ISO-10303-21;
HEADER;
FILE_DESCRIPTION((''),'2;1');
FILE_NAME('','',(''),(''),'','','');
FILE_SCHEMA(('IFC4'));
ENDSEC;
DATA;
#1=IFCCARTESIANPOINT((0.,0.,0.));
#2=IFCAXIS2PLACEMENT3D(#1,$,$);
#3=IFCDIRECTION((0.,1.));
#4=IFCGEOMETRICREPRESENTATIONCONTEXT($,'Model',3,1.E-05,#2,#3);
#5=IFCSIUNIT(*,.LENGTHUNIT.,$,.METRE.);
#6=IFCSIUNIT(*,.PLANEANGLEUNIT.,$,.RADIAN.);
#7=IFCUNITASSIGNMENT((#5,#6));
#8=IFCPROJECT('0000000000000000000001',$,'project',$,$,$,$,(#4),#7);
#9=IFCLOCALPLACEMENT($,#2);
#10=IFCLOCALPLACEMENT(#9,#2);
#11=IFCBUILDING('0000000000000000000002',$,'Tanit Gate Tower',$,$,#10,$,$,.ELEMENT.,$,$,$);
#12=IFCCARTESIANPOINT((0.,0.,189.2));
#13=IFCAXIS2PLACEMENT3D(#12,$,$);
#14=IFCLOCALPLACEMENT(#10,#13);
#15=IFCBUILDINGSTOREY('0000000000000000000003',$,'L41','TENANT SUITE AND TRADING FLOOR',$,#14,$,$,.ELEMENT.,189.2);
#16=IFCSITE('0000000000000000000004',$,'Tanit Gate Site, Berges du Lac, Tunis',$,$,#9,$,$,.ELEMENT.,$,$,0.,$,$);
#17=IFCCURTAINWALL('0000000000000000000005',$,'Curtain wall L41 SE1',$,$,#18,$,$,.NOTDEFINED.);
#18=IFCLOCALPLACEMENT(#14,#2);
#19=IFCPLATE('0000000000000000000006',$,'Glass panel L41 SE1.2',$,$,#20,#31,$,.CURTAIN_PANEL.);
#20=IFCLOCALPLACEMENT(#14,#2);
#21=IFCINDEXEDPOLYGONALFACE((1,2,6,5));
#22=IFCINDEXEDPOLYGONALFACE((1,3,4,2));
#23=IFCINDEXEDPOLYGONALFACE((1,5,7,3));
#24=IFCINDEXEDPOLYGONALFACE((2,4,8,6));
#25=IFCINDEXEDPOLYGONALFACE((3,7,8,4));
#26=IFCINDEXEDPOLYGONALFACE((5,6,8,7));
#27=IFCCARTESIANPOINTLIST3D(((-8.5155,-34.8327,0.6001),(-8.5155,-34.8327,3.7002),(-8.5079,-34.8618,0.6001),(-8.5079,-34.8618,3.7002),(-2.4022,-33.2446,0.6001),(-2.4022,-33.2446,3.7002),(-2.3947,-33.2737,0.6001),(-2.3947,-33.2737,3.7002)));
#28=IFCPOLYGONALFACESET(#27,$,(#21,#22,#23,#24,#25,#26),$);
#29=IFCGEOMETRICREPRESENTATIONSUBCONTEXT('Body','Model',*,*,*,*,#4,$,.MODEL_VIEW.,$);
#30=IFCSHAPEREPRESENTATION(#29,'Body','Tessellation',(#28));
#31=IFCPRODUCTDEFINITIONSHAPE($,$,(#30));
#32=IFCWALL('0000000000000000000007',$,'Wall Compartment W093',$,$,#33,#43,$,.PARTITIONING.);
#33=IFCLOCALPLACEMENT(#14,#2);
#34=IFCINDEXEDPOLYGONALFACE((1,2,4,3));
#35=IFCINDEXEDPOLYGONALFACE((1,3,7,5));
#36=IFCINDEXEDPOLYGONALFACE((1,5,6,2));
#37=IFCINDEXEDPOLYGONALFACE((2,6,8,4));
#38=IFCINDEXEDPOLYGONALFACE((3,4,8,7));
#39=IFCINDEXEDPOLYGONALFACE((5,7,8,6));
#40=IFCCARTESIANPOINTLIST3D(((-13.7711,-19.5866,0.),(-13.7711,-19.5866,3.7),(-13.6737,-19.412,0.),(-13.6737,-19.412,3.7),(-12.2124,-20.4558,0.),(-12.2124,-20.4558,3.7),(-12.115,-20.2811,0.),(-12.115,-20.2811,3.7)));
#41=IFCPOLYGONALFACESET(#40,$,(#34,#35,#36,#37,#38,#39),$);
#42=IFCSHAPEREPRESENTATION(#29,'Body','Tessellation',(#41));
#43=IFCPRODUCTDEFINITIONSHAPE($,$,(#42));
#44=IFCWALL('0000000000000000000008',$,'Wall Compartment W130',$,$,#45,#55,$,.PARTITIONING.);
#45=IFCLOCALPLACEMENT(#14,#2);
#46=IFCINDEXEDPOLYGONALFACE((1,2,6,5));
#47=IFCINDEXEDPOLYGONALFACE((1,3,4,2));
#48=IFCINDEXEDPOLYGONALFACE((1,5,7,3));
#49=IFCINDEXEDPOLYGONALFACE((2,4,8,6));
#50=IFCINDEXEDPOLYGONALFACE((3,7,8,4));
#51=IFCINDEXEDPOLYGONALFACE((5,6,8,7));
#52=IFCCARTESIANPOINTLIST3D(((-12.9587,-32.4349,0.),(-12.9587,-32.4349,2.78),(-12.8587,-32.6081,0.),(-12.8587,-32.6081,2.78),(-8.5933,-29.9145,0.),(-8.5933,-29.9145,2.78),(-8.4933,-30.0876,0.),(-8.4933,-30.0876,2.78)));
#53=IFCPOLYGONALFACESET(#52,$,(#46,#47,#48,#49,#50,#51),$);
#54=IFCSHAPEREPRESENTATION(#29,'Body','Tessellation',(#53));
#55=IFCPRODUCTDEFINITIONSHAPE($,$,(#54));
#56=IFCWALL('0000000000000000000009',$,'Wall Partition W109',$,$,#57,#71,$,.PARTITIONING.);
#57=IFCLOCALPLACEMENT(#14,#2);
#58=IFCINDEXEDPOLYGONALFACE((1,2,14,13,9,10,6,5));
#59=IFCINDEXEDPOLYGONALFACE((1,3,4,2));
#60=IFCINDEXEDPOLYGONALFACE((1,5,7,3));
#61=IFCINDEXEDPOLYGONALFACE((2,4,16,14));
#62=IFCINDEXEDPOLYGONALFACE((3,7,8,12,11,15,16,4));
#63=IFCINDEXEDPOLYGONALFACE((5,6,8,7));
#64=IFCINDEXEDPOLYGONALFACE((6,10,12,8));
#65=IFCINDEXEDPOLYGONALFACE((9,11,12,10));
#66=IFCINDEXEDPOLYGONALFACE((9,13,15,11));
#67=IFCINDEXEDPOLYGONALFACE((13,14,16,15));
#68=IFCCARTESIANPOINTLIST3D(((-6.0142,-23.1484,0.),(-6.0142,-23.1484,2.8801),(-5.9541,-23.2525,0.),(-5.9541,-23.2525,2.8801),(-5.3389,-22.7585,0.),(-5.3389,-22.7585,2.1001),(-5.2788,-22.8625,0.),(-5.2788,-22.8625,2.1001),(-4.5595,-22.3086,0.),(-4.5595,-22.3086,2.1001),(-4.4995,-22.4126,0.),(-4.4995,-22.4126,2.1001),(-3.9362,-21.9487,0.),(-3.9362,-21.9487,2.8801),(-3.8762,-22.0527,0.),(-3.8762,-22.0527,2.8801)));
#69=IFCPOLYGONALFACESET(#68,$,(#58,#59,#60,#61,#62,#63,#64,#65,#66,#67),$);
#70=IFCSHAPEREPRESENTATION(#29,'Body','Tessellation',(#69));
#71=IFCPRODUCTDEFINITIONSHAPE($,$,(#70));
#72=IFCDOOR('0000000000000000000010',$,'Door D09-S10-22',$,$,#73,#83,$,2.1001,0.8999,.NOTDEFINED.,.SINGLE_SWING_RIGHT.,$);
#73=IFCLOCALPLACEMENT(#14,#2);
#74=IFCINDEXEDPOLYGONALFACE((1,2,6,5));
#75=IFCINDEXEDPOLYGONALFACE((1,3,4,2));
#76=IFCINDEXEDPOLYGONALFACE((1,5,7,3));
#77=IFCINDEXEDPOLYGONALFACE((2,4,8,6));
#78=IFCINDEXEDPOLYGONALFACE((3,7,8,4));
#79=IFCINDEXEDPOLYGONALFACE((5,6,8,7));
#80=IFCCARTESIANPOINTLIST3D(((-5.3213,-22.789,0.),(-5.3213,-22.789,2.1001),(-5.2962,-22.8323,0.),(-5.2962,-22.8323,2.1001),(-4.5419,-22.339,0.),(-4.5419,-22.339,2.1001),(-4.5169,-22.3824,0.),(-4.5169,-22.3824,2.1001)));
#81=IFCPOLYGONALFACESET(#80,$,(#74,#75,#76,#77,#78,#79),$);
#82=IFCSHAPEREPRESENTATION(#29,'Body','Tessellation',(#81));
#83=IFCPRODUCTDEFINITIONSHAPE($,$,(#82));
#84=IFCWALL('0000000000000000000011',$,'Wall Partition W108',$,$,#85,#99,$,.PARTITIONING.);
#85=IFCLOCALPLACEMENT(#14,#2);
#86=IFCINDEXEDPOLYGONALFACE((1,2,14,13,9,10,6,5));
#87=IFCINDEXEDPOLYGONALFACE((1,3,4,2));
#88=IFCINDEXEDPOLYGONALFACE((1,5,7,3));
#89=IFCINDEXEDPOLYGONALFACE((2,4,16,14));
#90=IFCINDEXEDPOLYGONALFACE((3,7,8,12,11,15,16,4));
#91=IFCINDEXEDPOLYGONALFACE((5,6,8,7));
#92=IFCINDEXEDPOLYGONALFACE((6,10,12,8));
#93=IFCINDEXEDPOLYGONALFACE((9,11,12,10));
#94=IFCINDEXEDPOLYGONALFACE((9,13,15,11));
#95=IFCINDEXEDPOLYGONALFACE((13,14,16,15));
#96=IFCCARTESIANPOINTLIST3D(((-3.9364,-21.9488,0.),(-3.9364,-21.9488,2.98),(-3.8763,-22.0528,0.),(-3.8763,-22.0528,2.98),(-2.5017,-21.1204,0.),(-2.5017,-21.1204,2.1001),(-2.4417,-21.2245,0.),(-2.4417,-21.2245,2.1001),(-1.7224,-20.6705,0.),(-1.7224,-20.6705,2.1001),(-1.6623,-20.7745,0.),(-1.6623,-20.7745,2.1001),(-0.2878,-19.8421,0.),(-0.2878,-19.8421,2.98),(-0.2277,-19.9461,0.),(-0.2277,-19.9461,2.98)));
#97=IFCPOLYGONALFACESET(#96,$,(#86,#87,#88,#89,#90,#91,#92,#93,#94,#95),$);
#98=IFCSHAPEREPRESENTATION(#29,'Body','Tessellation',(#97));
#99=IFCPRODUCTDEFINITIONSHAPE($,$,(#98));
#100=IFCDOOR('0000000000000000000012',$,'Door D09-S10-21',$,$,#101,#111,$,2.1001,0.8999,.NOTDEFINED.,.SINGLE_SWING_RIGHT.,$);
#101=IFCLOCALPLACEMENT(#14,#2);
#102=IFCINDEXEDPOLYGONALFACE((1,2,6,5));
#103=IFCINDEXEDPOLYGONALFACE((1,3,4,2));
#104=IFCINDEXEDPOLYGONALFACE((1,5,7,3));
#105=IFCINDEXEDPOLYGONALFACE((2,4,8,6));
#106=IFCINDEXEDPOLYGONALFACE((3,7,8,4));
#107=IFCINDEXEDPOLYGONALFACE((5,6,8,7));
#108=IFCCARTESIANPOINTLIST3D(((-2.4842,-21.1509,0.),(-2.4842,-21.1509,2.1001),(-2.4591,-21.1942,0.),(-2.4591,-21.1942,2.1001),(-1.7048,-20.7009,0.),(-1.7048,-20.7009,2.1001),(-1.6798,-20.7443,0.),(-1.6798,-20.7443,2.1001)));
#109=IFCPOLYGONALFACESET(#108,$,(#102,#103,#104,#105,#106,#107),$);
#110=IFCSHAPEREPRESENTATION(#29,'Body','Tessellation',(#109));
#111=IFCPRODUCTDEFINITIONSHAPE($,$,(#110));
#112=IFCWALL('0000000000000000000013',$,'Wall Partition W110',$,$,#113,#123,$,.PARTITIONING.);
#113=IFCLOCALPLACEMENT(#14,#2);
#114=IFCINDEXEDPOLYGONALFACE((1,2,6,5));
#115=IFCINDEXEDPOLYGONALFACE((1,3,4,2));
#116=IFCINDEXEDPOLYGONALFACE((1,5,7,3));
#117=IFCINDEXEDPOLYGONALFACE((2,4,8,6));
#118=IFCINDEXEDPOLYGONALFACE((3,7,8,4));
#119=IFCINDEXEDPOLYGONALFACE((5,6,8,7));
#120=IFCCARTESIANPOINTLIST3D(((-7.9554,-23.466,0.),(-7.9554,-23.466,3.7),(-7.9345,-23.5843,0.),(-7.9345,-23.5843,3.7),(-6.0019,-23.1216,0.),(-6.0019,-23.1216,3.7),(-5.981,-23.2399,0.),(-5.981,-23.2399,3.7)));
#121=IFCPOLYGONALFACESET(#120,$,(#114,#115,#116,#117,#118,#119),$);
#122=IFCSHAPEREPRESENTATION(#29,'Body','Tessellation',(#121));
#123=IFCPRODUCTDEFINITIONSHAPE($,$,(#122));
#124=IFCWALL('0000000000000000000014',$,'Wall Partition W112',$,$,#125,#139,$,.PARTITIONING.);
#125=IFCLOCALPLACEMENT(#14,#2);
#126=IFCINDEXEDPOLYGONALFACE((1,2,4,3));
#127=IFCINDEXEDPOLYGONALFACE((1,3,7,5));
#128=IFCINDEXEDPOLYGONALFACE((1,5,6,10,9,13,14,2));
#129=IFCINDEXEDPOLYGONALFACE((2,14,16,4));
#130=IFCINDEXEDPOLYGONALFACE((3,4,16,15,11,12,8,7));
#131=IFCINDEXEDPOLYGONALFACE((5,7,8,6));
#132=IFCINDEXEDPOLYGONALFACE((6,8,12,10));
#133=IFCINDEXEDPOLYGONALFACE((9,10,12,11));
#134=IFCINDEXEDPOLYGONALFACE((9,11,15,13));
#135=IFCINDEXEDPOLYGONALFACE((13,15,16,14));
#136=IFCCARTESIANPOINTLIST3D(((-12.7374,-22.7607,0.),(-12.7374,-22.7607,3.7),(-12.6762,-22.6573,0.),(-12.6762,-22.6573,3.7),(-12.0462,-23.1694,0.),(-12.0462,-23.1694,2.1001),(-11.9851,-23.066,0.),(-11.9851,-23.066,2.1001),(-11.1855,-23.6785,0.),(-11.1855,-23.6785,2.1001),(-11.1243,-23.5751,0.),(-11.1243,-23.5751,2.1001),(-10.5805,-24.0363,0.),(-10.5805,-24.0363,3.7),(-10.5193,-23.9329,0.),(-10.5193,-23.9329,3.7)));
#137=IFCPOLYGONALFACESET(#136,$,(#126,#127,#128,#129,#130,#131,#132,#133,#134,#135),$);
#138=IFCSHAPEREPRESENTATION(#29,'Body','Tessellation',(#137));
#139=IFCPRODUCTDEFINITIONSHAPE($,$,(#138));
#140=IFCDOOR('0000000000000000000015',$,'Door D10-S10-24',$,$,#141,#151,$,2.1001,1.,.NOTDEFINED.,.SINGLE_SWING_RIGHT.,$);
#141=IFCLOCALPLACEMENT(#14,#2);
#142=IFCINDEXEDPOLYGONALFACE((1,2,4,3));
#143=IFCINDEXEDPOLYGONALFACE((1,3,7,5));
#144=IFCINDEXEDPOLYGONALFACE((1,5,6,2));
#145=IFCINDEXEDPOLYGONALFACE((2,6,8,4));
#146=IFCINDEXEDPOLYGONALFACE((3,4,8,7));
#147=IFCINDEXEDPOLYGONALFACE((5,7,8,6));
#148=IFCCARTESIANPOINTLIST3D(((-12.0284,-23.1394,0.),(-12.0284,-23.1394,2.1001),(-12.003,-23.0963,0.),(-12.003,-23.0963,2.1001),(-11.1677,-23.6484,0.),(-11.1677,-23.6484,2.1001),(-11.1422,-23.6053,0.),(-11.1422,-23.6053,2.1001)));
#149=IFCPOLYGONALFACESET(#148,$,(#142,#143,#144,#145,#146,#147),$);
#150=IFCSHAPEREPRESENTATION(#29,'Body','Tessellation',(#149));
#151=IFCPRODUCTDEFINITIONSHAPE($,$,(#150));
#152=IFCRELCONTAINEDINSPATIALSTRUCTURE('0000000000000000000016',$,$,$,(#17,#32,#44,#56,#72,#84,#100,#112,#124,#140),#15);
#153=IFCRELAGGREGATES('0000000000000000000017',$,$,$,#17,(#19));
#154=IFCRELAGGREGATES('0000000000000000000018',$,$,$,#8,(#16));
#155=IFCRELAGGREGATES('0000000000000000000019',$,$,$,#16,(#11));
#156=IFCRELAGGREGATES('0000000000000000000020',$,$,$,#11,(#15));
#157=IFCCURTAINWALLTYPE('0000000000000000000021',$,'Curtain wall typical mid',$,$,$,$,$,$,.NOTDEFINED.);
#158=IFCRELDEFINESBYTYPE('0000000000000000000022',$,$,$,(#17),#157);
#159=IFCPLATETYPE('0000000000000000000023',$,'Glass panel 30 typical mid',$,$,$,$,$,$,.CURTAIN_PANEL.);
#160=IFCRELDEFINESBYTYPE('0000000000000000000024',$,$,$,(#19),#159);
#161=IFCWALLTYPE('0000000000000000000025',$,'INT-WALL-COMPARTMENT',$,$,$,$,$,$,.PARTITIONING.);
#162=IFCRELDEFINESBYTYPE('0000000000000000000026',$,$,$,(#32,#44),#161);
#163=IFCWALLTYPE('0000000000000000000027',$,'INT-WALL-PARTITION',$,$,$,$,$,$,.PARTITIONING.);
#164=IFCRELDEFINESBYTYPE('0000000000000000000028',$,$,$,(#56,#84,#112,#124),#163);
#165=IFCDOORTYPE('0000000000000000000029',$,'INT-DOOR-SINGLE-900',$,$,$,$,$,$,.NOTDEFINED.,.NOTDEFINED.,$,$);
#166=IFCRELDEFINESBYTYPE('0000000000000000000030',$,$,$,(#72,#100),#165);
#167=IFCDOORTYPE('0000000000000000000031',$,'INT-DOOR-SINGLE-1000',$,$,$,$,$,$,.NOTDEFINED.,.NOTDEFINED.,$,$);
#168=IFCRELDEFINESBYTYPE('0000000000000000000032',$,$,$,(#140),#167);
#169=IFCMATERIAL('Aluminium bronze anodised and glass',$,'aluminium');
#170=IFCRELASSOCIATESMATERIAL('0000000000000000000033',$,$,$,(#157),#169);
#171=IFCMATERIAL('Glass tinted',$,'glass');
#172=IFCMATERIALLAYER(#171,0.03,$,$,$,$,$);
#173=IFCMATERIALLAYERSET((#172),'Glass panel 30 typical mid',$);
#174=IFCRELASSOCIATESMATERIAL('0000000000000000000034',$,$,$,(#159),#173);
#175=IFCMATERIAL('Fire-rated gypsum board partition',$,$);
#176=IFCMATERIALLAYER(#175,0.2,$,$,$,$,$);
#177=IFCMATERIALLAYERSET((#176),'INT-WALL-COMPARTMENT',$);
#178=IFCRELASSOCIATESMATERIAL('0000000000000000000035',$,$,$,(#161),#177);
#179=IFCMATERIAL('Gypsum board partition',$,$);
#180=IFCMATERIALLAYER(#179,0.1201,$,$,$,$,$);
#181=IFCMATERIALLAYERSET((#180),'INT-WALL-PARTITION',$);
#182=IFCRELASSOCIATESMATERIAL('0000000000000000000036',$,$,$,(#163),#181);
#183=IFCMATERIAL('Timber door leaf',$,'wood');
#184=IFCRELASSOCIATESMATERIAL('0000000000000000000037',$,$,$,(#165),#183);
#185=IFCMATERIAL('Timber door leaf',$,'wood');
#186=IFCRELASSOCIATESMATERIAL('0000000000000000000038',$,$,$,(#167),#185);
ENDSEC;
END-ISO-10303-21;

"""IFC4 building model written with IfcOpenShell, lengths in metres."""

from ifc_helpers import new_model, si_unit, direction, frame, frame_2d, origin, origin_2d, place, context, subcontext, project, spatial, rectangle, extrude, material, layer, layer_set, type_object, element, fill, aggregate, save


model = new_model("IFC4")

# Units and contexts
model_context = context("Model", 3, precision=1e-05, world=origin(), true_north=direction((0.0, 1.0)))
body_context = subcontext(model_context, "Body", "Model", "MODEL_VIEW")
ifc_project = project(units=[si_unit("LENGTHUNIT", "METRE"), si_unit("PLANEANGLEUNIT", "RADIAN")], contexts=[model_context])

# Site, building, storey
site_placement = place(None, origin())
site = spatial("IfcSite", under=ifc_project, at=site_placement, Name="Tanit Gate Site, Berges du Lac, Tunis", CompositionType="ELEMENT", RefElevation=0.0)
building_placement = place(site_placement, origin())
building = spatial("IfcBuilding", under=site, at=building_placement, Name="Tanit Gate Tower", CompositionType="ELEMENT")
storey_placement = place(building_placement, frame((0.0, 0.0, 189.2)))
storey = spatial("IfcBuildingStorey", under=building, at=storey_placement, Name="L41", Description="TENANT SUITE AND TRADING FLOOR", CompositionType="ELEMENT", Elevation=189.2)

# Curtain wall
ifc_material_1 = material(Name="Aluminium bronze anodised and glass", Category="aluminium")
curtain_wall_type = type_object("IfcCurtainWallType", Name="Curtain wall typical mid", PredefinedType="NOTDEFINED", material=ifc_material_1)
curtain_wall_placement = place(storey_placement, origin())
curtain_wall = element("IfcCurtainWall", 1, at=curtain_wall_placement, inside=storey, type_object=curtain_wall_type, Name="Curtain wall L41 SE1", PredefinedType="NOTDEFINED")

# Plate
ifc_material_2 = material(Name="Glass tinted", Category="glass")
ifc_layer_1 = layer(ifc_material_2, 0.03)
ifc_layer_set_1 = layer_set([ifc_layer_1], Name="Glass panel 30 typical mid")
plate_type = type_object("IfcPlateType", Name="Glass panel 30 typical mid", PredefinedType="CURTAIN_PANEL", material=ifc_layer_set_1)
plate_1_placement = place(storey_placement, frame((-5.4551, -34.0532, 0.6001), z_axis=(0.0, 0.0, 1.0), x_axis=(0.967875, 0.251432, 0.0)))
plate_1 = element("IfcPlate", 2, at=plate_1_placement, type_object=plate_type, Name="Glass panel L41 SE1.2", PredefinedType="CURTAIN_PANEL", context=body_context, shape_type="SweptSolid", body=[
    extrude(rectangle(XDim=6.3162, YDim=0.03, at=origin_2d()), origin(), (0.0, 0.0, 1.0), 3.1001),
])
aggregate(curtain_wall, [plate_1])

# Walls
ifc_material_3 = material(Name="Fire-rated gypsum board partition")
ifc_layer_2 = layer(ifc_material_3, 0.2)
ifc_layer_set_2 = layer_set([ifc_layer_2], Name="INT-WALL-COMPARTMENT")
wall_type_1 = type_object("IfcWallType", Name="INT-WALL-COMPARTMENT", PredefinedType="PARTITIONING", material=ifc_layer_set_2)
wall_1_placement = place(storey_placement, frame((-13.7224, -19.4993, 0.0), z_axis=(0.0, 0.0, 1.0), x_axis=(0.873382, -0.487036, 0.0)))
element("IfcWall", 3, at=wall_1_placement, inside=storey, type_object=wall_type_1, Name="Wall Compartment W093", PredefinedType="PARTITIONING", context=body_context, shape_type="SweptSolid", body=[
    extrude(rectangle(XDim=1.7847, YDim=0.2, at=frame_2d((0.8923, 0.0))), origin(), (0.0, 0.0, 1.0), 3.7),
])
wall_2_placement = place(storey_placement, frame((-8.5432, -30.001, 0.0), z_axis=(0.0, 0.0, 1.0), x_axis=(-0.866017, -0.500015, 0.0)))
element("IfcWall", 4, at=wall_2_placement, inside=storey, type_object=wall_type_1, Name="Wall Compartment W130", PredefinedType="PARTITIONING", context=body_context, shape_type="SweptSolid", body=[
    extrude(rectangle(XDim=5.0408, YDim=0.2, at=frame_2d((2.5205, 0.0))), origin(), (0.0, 0.0, 1.0), 2.78),
])

# Walls, openings, doors
ifc_material_4 = material(Name="Gypsum board partition")
ifc_layer_3 = layer(ifc_material_4, 0.1201)
ifc_layer_set_3 = layer_set([ifc_layer_3], Name="INT-WALL-PARTITION")
wall_type_2 = type_object("IfcWallType", Name="INT-WALL-PARTITION", PredefinedType="PARTITIONING", material=ifc_layer_set_3)
wall_3_placement = place(storey_placement, frame((-5.9841, -23.2004, 0.0), z_axis=(0.0, 0.0, 1.0), x_axis=(0.866018, 0.500013, 0.0)))
wall_3 = element("IfcWall", 5, at=wall_3_placement, inside=storey, type_object=wall_type_2, Name="Wall Partition W109", PredefinedType="PARTITIONING", context=body_context, shape_type="SweptSolid", body=[
    extrude(rectangle(XDim=2.3994, YDim=0.1201, at=frame_2d((1.1997, 0.0))), origin(), (0.0, 0.0, 1.0), 2.8801),
])
opening_1_placement = place(wall_3_placement, frame((0.7798, 0.0, 0.0)))
opening_1 = element("IfcOpeningElement", 6, at=opening_1_placement, cuts=wall_3, PredefinedType="OPENING", context=body_context, shape_type="SweptSolid", body=[
    extrude(rectangle(XDim=0.8999, YDim=2.1001, at=frame_2d((0.45, 1.05))), frame((0.0, 0.0701, 0.0), z_axis=(0.0, -1.0, 0.0), x_axis=(1.0, 0.0, 0.0)), (0.0, 0.0, 1.0), 0.1401),
])
ifc_material_5 = material(Name="Timber door leaf", Category="wood")
door_type_1 = type_object("IfcDoorType", Name="INT-DOOR-SINGLE-900", OperationType="NOTDEFINED", PredefinedType="NOTDEFINED", material=ifc_material_5)
door_1_placement = place(opening_1_placement, origin())
door_1 = element("IfcDoor", 7, at=door_1_placement, inside=storey, type_object=door_type_1, Name="Door D09-S10-22", OperationType="SINGLE_SWING_RIGHT", OverallHeight=2.1001, OverallWidth=0.8999, PredefinedType="NOTDEFINED", context=body_context, shape_type="SweptSolid", body=[
    extrude(rectangle(XDim=0.8999, YDim=2.1001, at=frame_2d((0.45, 1.05))), frame((0.0, 0.0249, 0.0), z_axis=(0.0, -1.0, 0.0), x_axis=(1.0, 0.0, 0.0)), (0.0, 0.0, 1.0), 0.05),
])
fill(opening_1, door_1)
wall_4_placement = place(storey_placement, frame((-3.9062, -22.0007, 0.0), z_axis=(0.0, 0.0, 1.0), x_axis=(0.866013, 0.500022, 0.0)))
wall_4 = element("IfcWall", 8, at=wall_4_placement, inside=storey, type_object=wall_type_2, Name="Wall Partition W108", PredefinedType="PARTITIONING", context=body_context, shape_type="SweptSolid", body=[
    extrude(rectangle(XDim=4.2131, YDim=0.1201, at=frame_2d((2.1064, 0.0))), origin(), (0.0, 0.0, 1.0), 2.98),
])
opening_2_placement = place(wall_4_placement, frame((1.6565, 0.0, 0.0)))
opening_2 = element("IfcOpeningElement", 9, at=opening_2_placement, cuts=wall_4, PredefinedType="OPENING", context=body_context, shape_type="SweptSolid", body=[
    extrude(rectangle(XDim=0.8999, YDim=2.1001, at=frame_2d((0.45, 1.05))), frame((0.0, 0.0701, 0.0), z_axis=(0.0, -1.0, 0.0), x_axis=(1.0, 0.0, 0.0)), (0.0, 0.0, 1.0), 0.1401),
])
door_2_placement = place(opening_2_placement, origin())
door_2 = element("IfcDoor", 10, at=door_2_placement, inside=storey, type_object=door_type_1, Name="Door D09-S10-21", OperationType="SINGLE_SWING_RIGHT", OverallHeight=2.1001, OverallWidth=0.8999, PredefinedType="NOTDEFINED", context=body_context, shape_type="SweptSolid", body=[
    extrude(rectangle(XDim=0.8999, YDim=2.1001, at=frame_2d((0.45, 1.05))), frame((0.0, 0.0249, 0.0), z_axis=(0.0, -1.0, 0.0), x_axis=(1.0, 0.0, 0.0)), (0.0, 0.0, 1.0), 0.05),
])
fill(opening_2, door_2)

# Wall
wall_5_placement = place(storey_placement, frame((-7.9448, -23.5251, 0.0), z_axis=(0.0, 0.0, 1.0), x_axis=(0.984807, 0.173652, 0.0)))
element("IfcWall", 11, at=wall_5_placement, inside=storey, type_object=wall_type_2, Name="Wall Partition W110", PredefinedType="PARTITIONING", context=body_context, shape_type="SweptSolid", body=[
    extrude(rectangle(XDim=1.9836, YDim=0.1201, at=frame_2d((0.9917, 0.0))), origin(), (0.0, 0.0, 1.0), 3.7),
])

# Wall, opening, door
wall_6_placement = place(storey_placement, frame((-12.7068, -22.709, 0.0), z_axis=(0.0, 0.0, 1.0), x_axis=(0.860742, -0.509041, 0.0)))
wall_6 = element("IfcWall", 12, at=wall_6_placement, inside=storey, type_object=wall_type_2, Name="Wall Partition W112", PredefinedType="PARTITIONING", context=body_context, shape_type="SweptSolid", body=[
    extrude(rectangle(XDim=2.5059, YDim=0.1201, at=frame_2d((1.2529, 0.0))), origin(), (0.0, 0.0, 1.0), 3.7),
])
opening_3_placement = place(wall_6_placement, frame((0.803, 0.0, 0.0)))
opening_3 = element("IfcOpeningElement", 13, at=opening_3_placement, cuts=wall_6, PredefinedType="OPENING", context=body_context, shape_type="SweptSolid", body=[
    extrude(rectangle(XDim=1.0, YDim=2.1001, at=frame_2d((0.5, 1.05))), frame((0.0, 0.0701, 0.0), z_axis=(0.0, -1.0, 0.0), x_axis=(1.0, 0.0, 0.0)), (0.0, 0.0, 1.0), 0.1401),
])
ifc_material_6 = material(Name="Timber door leaf", Category="wood")
door_type_2 = type_object("IfcDoorType", Name="INT-DOOR-SINGLE-1000", OperationType="NOTDEFINED", PredefinedType="NOTDEFINED", material=ifc_material_6)
door_3_placement = place(opening_3_placement, origin())
door_3 = element("IfcDoor", 14, at=door_3_placement, inside=storey, type_object=door_type_2, Name="Door D10-S10-24", OperationType="SINGLE_SWING_RIGHT", OverallHeight=2.1001, OverallWidth=1.0, PredefinedType="NOTDEFINED", context=body_context, shape_type="SweptSolid", body=[
    extrude(rectangle(XDim=1.0, YDim=2.1001, at=frame_2d((0.5, 1.05))), frame((0.0, 0.0249, 0.0), z_axis=(0.0, -1.0, 0.0), x_axis=(1.0, 0.0, 0.0)), (0.0, 0.0, 1.0), 0.05),
])
fill(opening_3, door_3)

save(model, "model.ifc")
